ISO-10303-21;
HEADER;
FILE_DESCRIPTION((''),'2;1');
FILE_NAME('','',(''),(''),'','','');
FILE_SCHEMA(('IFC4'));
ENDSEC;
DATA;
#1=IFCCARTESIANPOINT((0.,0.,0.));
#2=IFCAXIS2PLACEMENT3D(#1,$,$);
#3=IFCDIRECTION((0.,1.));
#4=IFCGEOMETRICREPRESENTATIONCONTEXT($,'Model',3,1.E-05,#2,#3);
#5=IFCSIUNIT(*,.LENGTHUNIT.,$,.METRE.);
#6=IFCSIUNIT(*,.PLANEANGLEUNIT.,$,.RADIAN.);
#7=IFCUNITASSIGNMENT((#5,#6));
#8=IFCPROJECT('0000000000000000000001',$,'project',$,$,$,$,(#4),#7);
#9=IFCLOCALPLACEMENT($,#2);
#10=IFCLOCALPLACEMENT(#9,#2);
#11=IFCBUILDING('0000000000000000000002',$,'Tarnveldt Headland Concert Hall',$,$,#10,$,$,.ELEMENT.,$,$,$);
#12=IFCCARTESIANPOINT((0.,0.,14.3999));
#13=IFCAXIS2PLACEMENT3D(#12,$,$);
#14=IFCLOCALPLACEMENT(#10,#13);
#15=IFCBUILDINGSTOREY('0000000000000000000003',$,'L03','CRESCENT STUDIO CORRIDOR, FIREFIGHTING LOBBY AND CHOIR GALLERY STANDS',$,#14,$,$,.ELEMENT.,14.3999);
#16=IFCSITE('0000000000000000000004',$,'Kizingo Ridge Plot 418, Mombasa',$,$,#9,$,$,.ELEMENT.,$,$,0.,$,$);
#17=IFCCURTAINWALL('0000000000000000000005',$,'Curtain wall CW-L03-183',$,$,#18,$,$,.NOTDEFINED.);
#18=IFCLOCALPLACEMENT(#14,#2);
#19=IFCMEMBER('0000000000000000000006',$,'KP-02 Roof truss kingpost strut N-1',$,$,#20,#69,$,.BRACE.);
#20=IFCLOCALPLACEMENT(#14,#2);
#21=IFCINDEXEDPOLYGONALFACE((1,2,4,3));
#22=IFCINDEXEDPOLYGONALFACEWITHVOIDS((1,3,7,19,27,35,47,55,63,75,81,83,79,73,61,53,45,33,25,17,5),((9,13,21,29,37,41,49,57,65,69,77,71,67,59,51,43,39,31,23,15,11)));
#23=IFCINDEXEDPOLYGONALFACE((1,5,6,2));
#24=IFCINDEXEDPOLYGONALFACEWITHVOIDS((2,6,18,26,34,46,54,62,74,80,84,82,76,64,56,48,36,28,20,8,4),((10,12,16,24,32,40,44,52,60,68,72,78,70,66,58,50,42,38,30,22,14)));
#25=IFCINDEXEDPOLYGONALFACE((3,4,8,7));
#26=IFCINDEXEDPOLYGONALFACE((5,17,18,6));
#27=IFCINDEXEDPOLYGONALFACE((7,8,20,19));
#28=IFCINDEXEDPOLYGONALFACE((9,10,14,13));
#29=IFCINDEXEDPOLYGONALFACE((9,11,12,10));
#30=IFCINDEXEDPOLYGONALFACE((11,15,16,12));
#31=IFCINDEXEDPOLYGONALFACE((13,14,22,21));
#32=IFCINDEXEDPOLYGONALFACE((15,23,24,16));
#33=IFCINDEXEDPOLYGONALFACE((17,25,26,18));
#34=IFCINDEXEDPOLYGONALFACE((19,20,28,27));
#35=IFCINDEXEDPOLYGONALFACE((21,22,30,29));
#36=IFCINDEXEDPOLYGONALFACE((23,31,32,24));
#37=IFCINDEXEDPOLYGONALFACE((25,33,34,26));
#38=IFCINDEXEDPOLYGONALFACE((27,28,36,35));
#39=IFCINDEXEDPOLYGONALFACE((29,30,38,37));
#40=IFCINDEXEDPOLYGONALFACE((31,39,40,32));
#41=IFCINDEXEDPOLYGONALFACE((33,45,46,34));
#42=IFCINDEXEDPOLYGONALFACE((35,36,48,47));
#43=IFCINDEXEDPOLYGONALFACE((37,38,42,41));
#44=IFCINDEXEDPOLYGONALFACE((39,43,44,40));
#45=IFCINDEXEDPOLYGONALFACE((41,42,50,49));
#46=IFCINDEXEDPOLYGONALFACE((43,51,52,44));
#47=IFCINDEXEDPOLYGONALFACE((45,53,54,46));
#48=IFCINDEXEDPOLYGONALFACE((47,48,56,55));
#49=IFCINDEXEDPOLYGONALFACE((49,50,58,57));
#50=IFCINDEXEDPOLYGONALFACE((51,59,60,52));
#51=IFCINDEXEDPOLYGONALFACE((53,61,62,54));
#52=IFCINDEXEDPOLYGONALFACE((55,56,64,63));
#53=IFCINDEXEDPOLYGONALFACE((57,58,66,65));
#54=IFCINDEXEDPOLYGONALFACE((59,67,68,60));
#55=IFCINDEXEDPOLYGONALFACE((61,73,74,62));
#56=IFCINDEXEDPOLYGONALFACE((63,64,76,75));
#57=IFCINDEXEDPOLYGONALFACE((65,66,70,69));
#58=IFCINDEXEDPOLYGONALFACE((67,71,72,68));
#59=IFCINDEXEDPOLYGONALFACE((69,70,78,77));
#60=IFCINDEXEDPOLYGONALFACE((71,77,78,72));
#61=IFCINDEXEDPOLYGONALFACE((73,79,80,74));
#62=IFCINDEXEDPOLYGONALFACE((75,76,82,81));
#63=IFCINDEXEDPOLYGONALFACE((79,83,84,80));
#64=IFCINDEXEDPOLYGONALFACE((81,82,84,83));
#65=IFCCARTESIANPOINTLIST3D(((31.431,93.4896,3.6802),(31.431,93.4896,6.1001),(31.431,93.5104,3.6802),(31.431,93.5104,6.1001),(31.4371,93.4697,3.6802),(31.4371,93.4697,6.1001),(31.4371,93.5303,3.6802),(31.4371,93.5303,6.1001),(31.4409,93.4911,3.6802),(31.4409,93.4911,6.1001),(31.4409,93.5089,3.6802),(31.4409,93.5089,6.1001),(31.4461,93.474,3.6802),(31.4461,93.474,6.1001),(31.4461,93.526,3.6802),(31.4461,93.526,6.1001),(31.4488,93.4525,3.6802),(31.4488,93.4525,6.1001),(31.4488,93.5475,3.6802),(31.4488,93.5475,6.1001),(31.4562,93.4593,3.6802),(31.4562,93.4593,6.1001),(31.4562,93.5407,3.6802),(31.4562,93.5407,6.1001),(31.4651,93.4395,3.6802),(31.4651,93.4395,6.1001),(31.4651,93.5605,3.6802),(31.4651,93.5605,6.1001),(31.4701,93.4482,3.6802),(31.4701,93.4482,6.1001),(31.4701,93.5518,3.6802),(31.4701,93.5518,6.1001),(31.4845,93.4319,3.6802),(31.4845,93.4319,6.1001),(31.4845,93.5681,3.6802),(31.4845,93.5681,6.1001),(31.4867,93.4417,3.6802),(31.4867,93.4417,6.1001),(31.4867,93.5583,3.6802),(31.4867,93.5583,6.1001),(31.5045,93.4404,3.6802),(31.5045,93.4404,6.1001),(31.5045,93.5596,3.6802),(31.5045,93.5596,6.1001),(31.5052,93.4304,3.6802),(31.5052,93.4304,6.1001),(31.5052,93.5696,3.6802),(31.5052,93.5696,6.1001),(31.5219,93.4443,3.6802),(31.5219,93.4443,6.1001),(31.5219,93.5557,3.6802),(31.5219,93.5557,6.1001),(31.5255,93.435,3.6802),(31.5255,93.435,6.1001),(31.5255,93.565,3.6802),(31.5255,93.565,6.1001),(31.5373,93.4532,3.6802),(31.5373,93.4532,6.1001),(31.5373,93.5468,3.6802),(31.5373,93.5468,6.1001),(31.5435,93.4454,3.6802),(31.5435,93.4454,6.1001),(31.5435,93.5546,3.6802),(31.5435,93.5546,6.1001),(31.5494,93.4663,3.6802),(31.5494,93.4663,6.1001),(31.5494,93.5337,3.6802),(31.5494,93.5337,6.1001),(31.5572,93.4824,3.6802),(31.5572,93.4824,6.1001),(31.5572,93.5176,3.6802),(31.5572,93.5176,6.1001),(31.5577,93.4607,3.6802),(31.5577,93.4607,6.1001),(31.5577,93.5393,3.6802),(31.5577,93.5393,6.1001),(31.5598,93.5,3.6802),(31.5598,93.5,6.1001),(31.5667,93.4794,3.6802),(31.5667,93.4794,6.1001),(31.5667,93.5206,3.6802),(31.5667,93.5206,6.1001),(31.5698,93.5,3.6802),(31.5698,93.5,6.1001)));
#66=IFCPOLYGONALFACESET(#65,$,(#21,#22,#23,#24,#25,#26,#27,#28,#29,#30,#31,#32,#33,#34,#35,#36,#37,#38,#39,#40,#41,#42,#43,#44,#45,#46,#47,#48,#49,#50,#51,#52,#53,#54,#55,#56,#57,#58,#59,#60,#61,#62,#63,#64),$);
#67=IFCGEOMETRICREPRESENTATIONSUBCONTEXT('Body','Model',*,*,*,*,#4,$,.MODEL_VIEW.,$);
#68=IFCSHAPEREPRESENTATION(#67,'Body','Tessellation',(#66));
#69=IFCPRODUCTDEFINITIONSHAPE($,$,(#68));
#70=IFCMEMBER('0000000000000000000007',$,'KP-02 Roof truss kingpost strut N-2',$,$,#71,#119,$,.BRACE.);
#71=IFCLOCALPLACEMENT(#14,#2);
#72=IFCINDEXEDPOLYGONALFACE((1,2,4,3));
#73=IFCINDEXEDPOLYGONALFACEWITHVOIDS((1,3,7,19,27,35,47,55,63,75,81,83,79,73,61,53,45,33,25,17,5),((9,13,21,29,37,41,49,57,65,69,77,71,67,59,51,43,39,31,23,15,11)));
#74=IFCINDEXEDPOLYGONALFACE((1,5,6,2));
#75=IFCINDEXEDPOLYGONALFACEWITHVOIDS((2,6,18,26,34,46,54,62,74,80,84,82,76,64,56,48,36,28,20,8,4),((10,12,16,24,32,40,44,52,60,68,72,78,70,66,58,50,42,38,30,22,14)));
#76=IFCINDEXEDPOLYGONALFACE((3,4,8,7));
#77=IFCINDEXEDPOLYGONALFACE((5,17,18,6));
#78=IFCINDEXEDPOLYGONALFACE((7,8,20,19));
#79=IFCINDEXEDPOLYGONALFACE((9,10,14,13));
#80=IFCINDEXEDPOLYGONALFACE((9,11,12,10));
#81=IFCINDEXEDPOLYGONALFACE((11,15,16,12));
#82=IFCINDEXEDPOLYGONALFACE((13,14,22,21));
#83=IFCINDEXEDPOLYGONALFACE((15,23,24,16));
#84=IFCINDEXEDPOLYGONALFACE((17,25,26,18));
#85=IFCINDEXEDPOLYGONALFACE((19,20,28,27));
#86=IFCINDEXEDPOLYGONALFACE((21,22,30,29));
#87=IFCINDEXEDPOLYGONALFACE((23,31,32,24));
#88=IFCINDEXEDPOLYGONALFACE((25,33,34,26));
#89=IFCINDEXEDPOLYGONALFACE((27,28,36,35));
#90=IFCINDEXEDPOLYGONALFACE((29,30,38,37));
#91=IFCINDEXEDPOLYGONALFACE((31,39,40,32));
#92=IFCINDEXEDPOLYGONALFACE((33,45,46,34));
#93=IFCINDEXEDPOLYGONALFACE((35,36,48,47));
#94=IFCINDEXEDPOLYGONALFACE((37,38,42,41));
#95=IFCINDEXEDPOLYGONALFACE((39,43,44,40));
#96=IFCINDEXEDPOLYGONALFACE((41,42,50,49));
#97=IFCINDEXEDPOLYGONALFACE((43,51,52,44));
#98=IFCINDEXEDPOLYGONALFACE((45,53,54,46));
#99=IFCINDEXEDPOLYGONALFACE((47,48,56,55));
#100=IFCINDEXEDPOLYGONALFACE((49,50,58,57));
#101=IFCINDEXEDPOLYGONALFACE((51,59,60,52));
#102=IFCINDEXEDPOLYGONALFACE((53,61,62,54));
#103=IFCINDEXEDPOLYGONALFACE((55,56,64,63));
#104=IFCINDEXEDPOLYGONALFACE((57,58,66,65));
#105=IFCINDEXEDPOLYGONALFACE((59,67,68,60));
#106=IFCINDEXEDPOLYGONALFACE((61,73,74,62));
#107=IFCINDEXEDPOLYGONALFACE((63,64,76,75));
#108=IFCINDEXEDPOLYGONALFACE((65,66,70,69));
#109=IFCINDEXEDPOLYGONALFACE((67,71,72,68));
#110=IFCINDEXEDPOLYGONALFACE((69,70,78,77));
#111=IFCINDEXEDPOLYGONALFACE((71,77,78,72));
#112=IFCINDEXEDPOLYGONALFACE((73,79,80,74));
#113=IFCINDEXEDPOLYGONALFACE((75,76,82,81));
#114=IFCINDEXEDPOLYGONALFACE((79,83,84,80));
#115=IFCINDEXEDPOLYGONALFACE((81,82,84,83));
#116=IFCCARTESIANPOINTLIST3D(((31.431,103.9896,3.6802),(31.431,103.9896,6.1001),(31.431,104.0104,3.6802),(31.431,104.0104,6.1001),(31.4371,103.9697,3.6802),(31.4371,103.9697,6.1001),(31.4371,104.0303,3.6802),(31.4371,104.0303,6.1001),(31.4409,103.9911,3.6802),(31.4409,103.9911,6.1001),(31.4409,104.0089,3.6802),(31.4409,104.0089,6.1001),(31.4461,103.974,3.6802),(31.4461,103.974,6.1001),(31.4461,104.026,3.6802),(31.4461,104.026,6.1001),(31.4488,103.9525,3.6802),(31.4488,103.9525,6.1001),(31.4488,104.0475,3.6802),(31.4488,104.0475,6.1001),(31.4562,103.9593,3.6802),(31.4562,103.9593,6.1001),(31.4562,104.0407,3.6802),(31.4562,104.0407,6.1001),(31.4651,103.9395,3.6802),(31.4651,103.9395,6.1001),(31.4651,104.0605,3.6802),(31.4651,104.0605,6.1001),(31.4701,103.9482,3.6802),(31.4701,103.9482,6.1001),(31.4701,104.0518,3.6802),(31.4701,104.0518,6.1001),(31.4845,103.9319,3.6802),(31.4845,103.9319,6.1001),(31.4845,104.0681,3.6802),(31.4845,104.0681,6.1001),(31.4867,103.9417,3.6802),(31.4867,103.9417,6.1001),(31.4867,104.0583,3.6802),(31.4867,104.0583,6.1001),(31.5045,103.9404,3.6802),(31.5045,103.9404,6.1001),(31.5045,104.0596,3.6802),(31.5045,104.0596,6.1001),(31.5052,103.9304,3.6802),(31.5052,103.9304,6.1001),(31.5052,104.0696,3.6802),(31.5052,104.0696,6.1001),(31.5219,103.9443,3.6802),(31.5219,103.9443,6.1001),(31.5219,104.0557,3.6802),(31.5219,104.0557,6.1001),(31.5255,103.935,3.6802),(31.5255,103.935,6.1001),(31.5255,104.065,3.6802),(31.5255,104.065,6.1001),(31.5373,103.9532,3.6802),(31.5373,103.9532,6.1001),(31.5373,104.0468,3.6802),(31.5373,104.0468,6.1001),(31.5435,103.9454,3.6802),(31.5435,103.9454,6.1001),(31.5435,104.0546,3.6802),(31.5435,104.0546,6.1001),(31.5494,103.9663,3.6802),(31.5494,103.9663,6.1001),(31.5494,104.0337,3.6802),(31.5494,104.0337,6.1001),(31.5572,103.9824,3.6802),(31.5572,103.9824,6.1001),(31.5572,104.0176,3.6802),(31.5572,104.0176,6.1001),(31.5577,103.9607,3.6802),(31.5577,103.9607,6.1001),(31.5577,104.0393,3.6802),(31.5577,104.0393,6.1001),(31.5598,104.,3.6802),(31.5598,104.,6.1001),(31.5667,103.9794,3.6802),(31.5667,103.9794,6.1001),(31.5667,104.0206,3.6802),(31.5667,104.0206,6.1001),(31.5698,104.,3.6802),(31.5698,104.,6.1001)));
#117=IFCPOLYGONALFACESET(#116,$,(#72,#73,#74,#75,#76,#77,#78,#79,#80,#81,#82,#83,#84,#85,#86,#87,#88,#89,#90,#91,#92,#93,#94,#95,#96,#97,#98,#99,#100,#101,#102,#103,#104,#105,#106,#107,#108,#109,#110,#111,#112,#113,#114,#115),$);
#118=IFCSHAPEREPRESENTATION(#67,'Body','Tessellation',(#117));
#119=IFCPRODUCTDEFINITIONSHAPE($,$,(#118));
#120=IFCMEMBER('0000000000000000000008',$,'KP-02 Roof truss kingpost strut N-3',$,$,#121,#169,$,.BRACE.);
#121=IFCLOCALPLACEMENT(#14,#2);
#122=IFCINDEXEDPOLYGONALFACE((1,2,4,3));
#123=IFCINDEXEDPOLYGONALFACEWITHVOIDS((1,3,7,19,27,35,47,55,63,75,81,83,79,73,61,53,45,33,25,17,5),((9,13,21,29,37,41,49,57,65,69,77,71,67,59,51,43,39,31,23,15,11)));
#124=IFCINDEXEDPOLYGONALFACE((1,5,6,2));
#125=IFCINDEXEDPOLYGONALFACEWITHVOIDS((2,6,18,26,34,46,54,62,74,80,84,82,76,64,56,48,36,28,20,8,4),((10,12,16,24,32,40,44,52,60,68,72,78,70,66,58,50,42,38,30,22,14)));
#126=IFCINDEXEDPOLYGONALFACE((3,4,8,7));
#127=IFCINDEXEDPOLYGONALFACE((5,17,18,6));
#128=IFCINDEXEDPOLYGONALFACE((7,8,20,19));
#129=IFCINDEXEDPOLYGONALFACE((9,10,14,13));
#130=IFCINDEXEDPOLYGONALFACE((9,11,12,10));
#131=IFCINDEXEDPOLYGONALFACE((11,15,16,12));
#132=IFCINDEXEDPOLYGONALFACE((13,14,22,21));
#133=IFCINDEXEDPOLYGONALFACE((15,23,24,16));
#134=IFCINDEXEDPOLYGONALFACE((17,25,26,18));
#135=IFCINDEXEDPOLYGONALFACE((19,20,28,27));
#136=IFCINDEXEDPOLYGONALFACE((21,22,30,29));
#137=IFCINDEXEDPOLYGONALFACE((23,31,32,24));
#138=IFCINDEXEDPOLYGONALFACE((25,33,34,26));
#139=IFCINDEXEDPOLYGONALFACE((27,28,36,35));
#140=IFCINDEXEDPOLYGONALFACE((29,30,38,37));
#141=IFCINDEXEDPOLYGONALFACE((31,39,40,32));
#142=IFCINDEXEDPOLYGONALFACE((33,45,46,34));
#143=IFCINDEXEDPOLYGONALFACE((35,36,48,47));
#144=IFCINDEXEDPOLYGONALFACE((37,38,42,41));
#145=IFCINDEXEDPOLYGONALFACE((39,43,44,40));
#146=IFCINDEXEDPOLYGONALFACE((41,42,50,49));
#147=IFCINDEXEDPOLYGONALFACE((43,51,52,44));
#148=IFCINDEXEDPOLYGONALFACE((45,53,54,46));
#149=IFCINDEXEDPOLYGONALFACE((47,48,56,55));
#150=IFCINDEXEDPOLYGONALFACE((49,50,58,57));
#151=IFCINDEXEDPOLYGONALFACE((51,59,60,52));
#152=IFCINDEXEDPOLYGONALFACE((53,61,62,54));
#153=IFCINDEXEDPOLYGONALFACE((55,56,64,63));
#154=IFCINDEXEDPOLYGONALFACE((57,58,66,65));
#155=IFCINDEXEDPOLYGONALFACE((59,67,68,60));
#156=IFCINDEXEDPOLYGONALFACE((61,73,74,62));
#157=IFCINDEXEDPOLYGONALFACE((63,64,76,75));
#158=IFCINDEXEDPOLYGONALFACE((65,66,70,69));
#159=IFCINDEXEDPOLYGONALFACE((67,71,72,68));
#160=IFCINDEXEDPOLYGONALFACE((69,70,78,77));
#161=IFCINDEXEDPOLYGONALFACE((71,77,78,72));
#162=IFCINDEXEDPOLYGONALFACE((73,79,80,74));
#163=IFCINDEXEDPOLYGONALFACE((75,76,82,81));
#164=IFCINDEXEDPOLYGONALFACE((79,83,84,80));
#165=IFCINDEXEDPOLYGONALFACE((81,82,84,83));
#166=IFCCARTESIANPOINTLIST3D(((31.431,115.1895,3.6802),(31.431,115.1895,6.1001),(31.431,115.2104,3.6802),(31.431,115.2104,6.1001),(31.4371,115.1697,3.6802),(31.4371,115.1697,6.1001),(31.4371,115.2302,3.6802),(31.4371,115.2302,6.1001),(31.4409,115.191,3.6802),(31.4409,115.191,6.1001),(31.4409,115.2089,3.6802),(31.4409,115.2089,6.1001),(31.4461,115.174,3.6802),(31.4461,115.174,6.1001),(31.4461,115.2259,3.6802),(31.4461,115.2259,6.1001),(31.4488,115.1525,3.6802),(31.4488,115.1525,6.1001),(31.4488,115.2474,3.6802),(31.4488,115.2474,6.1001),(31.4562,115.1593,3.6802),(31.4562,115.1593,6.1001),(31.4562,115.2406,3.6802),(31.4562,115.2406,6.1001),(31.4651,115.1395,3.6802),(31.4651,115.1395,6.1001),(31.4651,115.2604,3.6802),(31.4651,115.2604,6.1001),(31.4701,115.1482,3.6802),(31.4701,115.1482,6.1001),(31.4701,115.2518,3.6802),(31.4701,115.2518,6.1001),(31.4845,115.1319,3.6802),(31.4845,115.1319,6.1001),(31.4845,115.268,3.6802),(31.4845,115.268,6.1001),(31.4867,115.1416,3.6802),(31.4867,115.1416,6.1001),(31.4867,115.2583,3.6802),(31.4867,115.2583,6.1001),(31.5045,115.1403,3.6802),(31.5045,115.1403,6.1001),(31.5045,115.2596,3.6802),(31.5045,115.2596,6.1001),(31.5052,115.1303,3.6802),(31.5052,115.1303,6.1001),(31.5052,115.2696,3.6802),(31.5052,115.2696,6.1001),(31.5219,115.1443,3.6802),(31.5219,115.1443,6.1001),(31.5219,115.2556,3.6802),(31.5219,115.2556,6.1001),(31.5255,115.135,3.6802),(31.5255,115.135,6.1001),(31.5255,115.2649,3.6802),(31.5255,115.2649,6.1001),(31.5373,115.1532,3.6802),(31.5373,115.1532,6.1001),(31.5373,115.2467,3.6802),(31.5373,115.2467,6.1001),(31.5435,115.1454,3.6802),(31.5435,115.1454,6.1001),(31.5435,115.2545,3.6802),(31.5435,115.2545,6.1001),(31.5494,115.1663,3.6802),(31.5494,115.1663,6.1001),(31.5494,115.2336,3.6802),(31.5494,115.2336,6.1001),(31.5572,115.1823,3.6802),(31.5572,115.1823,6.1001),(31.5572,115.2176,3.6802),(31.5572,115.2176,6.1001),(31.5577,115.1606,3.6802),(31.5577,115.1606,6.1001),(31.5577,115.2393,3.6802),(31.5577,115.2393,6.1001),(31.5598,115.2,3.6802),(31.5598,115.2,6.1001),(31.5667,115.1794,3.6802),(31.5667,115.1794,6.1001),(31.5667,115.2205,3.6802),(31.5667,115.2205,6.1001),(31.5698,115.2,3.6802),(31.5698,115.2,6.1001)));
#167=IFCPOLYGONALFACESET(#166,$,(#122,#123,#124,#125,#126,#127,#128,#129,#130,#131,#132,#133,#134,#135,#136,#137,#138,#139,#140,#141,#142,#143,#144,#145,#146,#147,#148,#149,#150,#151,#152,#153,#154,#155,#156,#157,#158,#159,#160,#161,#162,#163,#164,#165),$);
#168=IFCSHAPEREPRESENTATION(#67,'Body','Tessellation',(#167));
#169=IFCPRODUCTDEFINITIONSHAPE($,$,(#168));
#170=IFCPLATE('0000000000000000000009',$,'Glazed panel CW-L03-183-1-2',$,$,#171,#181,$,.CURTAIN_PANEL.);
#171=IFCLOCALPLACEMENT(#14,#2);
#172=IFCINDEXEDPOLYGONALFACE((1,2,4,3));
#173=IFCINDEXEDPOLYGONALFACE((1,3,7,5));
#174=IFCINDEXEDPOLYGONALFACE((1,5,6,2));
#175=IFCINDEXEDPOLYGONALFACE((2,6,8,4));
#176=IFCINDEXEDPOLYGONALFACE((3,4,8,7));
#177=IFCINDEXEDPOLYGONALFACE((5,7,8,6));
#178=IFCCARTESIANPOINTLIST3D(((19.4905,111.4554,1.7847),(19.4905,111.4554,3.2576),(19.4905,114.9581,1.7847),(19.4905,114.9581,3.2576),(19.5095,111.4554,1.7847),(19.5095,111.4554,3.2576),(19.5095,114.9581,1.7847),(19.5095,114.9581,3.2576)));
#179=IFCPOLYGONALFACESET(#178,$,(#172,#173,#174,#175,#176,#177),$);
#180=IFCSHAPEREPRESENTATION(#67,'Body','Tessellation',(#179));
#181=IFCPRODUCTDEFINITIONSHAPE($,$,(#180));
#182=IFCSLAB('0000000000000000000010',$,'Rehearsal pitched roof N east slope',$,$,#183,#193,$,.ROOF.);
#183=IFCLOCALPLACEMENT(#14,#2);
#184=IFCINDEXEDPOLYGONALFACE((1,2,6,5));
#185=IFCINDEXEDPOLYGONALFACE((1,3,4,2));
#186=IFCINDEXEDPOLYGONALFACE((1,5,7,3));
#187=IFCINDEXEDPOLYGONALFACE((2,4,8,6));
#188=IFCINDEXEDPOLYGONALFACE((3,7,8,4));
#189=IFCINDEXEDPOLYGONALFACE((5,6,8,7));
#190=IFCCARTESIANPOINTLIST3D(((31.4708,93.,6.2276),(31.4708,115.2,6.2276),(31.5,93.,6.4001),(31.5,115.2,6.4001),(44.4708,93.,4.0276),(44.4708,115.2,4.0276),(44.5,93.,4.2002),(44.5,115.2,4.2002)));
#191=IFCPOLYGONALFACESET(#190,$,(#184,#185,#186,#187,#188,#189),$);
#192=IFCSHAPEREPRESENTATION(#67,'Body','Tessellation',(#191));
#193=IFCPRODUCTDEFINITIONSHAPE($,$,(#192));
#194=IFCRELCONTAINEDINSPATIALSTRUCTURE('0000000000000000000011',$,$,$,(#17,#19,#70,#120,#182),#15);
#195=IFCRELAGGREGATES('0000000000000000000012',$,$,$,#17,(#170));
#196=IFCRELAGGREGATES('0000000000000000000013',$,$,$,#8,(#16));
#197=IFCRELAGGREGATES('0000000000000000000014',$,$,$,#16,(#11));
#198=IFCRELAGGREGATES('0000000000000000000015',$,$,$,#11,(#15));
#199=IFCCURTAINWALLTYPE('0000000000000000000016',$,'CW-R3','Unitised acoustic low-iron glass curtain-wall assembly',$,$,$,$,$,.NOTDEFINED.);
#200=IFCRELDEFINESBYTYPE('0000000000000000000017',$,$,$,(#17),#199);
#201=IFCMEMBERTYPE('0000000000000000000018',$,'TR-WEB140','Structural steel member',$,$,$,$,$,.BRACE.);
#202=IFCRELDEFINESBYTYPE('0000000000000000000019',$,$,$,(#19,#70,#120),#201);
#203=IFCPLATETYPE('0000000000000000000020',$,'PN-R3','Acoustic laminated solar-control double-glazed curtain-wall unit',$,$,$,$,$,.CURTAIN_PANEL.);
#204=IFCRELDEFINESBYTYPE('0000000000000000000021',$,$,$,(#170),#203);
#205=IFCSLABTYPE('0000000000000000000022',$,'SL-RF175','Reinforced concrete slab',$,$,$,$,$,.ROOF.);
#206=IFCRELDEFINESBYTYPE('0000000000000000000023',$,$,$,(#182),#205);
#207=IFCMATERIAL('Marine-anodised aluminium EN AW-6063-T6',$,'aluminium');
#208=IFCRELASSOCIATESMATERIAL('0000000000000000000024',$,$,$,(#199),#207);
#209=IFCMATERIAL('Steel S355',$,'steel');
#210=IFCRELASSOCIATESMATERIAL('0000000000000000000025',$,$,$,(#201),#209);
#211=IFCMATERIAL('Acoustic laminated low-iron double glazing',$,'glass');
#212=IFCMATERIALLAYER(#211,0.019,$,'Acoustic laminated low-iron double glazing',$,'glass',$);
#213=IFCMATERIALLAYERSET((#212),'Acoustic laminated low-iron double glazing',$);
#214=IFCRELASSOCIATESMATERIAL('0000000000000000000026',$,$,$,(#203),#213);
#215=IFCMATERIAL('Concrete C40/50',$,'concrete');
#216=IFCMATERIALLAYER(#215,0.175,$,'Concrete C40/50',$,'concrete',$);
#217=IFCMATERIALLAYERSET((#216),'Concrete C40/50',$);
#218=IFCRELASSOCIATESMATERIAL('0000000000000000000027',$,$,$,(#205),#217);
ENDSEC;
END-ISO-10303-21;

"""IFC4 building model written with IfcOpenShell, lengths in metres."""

from ifc_helpers import new_model, si_unit, direction, frame, origin, origin_2d, place, context, subcontext, project, spatial, polyline, rectangle, hollow_circle, outline, extrude, material, layer, layer_set, material_profile, profile_set, type_object, element, aggregate, save


model = new_model("IFC4")

# Units and contexts
model_context = context("Model", 3, precision=1e-05, world=origin(), true_north=direction((0.0, 1.0)))
body_context = subcontext(model_context, "Body", "Model", "MODEL_VIEW")
ifc_project = project(units=[si_unit("LENGTHUNIT", "METRE"), si_unit("PLANEANGLEUNIT", "RADIAN")], contexts=[model_context])

# Site, building, storey
site_placement = place(None, origin())
site = spatial("IfcSite", under=ifc_project, at=site_placement, Name="Kizingo Ridge Plot 418, Mombasa", CompositionType="ELEMENT", RefElevation=0.0)
building_placement = place(site_placement, origin())
building = spatial("IfcBuilding", under=site, at=building_placement, Name="Tarnveldt Headland Concert Hall", CompositionType="ELEMENT")
storey_placement = place(building_placement, frame((0.0, 0.0, 14.3999)))
storey = spatial("IfcBuildingStorey", under=building, at=storey_placement, Name="L03", Description="CRESCENT STUDIO CORRIDOR, FIREFIGHTING LOBBY AND CHOIR GALLERY STANDS", CompositionType="ELEMENT", Elevation=14.3999)

# Shared definitions
ifc_material_1 = material(Name="Steel S355", Category="steel")

# Curtain wall
ifc_material_2 = material(Name="Marine-anodised aluminium EN AW-6063-T6", Category="aluminium")
curtain_wall_type = type_object("IfcCurtainWallType", Name="CW-R3", Description="Unitised acoustic low-iron glass curtain-wall assembly", PredefinedType="NOTDEFINED", material=ifc_material_2)
curtain_wall_placement = place(storey_placement, origin())
curtain_wall = element("IfcCurtainWall", 1, at=curtain_wall_placement, inside=storey, type_object=curtain_wall_type, Name="Curtain wall CW-L03-183", PredefinedType="NOTDEFINED")

# Members
ifc_material_profile_1 = material_profile(ifc_material_1, hollow_circle(Radius=0.0698, WallThickness=0.01, at=origin_2d()), Name="CHS 139.7x10", Category="steel")
ifc_profile_set_1 = profile_set([ifc_material_profile_1], Name="Steel S355")
member_type_1 = type_object("IfcMemberType", Name="TR-WEB140", Description="Structural steel member", PredefinedType="BRACE", material=ifc_profile_set_1)
for number, where, z_axis, x_axis, name in (
    (2, (31.5, 93.5, 3.6802), (0.0, 0.0, 1.0), (1.0, 0.0, 0.0), "KP-02 Roof truss kingpost strut N-1"),
    (3, (31.5, 104.0, 3.6802), (0.0, 0.0, 1.0), (1.0, 0.0, 0.0), "KP-02 Roof truss kingpost strut N-2"),
    (4, (31.5, 115.2, 3.6802), (0.0, 0.0, 1.0), (1.0, 0.0, 0.0), "KP-02 Roof truss kingpost strut N-3"),
):
    element("IfcMember", number, at=place(storey_placement, frame(where, z_axis=z_axis, x_axis=x_axis)), inside=storey, type_object=member_type_1, Name=name, PredefinedType="BRACE", context=body_context, shape_type="SweptSolid", body=[
        extrude(hollow_circle(Radius=0.0698, WallThickness=0.01, at=origin_2d()), origin(), (0.0, 0.0, 1.0), 2.4199),
    ])

# Plate
ifc_material_3 = material(Name="Acoustic laminated low-iron double glazing", Category="glass")
ifc_layer_1 = layer(ifc_material_3, 0.019, Name="Acoustic laminated low-iron double glazing", Category="glass")
ifc_layer_set_1 = layer_set([ifc_layer_1], Name="Acoustic laminated low-iron double glazing")
plate_type = type_object("IfcPlateType", Name="PN-R3", Description="Acoustic laminated solar-control double-glazed curtain-wall unit", PredefinedType="CURTAIN_PANEL", material=ifc_layer_set_1)
plate_placement = place(storey_placement, frame((19.5, 113.2068, 1.7847), z_axis=(0.0, 0.0, 1.0), x_axis=(0.0, -1.0, 0.0)))
plate = element("IfcPlate", 5, at=plate_placement, type_object=plate_type, Name="Glazed panel CW-L03-183-1-2", PredefinedType="CURTAIN_PANEL", context=body_context, shape_type="SweptSolid", body=[
    extrude(rectangle(XDim=3.5027, YDim=0.019, at=origin_2d()), origin(), (0.0, 0.0, 1.0), 1.4729),
])
aggregate(curtain_wall, [plate])

# Slab
ifc_material_4 = material(Name="Concrete C40/50", Category="concrete")
ifc_layer_2 = layer(ifc_material_4, 0.175, Name="Concrete C40/50", Category="concrete")
ifc_layer_set_2 = layer_set([ifc_layer_2], Name="Concrete C40/50")
slab_type = type_object("IfcSlabType", Name="SL-RF175", Description="Reinforced concrete slab", PredefinedType="ROOF", material=ifc_layer_set_2)
slab_placement = place(storey_placement, frame((31.5, 93.0, 6.4001), z_axis=(0.166855, 0.0, 0.985981), x_axis=(0.985981, 0.0, -0.166855)))
element("IfcSlab", 6, at=slab_placement, inside=storey, type_object=slab_type, Name="Rehearsal pitched roof N east slope", PredefinedType="ROOF", context=body_context, shape_type="SweptSolid", body=[
    extrude(outline(polyline([(0.0, 0.0), (13.1848, 0.0), (13.1848, 22.2), (0.0, 22.2), (0.0, 0.0)])), origin(), (0.0, 0.0, -1.0), 0.175),
])

save(model, "model.ifc")
